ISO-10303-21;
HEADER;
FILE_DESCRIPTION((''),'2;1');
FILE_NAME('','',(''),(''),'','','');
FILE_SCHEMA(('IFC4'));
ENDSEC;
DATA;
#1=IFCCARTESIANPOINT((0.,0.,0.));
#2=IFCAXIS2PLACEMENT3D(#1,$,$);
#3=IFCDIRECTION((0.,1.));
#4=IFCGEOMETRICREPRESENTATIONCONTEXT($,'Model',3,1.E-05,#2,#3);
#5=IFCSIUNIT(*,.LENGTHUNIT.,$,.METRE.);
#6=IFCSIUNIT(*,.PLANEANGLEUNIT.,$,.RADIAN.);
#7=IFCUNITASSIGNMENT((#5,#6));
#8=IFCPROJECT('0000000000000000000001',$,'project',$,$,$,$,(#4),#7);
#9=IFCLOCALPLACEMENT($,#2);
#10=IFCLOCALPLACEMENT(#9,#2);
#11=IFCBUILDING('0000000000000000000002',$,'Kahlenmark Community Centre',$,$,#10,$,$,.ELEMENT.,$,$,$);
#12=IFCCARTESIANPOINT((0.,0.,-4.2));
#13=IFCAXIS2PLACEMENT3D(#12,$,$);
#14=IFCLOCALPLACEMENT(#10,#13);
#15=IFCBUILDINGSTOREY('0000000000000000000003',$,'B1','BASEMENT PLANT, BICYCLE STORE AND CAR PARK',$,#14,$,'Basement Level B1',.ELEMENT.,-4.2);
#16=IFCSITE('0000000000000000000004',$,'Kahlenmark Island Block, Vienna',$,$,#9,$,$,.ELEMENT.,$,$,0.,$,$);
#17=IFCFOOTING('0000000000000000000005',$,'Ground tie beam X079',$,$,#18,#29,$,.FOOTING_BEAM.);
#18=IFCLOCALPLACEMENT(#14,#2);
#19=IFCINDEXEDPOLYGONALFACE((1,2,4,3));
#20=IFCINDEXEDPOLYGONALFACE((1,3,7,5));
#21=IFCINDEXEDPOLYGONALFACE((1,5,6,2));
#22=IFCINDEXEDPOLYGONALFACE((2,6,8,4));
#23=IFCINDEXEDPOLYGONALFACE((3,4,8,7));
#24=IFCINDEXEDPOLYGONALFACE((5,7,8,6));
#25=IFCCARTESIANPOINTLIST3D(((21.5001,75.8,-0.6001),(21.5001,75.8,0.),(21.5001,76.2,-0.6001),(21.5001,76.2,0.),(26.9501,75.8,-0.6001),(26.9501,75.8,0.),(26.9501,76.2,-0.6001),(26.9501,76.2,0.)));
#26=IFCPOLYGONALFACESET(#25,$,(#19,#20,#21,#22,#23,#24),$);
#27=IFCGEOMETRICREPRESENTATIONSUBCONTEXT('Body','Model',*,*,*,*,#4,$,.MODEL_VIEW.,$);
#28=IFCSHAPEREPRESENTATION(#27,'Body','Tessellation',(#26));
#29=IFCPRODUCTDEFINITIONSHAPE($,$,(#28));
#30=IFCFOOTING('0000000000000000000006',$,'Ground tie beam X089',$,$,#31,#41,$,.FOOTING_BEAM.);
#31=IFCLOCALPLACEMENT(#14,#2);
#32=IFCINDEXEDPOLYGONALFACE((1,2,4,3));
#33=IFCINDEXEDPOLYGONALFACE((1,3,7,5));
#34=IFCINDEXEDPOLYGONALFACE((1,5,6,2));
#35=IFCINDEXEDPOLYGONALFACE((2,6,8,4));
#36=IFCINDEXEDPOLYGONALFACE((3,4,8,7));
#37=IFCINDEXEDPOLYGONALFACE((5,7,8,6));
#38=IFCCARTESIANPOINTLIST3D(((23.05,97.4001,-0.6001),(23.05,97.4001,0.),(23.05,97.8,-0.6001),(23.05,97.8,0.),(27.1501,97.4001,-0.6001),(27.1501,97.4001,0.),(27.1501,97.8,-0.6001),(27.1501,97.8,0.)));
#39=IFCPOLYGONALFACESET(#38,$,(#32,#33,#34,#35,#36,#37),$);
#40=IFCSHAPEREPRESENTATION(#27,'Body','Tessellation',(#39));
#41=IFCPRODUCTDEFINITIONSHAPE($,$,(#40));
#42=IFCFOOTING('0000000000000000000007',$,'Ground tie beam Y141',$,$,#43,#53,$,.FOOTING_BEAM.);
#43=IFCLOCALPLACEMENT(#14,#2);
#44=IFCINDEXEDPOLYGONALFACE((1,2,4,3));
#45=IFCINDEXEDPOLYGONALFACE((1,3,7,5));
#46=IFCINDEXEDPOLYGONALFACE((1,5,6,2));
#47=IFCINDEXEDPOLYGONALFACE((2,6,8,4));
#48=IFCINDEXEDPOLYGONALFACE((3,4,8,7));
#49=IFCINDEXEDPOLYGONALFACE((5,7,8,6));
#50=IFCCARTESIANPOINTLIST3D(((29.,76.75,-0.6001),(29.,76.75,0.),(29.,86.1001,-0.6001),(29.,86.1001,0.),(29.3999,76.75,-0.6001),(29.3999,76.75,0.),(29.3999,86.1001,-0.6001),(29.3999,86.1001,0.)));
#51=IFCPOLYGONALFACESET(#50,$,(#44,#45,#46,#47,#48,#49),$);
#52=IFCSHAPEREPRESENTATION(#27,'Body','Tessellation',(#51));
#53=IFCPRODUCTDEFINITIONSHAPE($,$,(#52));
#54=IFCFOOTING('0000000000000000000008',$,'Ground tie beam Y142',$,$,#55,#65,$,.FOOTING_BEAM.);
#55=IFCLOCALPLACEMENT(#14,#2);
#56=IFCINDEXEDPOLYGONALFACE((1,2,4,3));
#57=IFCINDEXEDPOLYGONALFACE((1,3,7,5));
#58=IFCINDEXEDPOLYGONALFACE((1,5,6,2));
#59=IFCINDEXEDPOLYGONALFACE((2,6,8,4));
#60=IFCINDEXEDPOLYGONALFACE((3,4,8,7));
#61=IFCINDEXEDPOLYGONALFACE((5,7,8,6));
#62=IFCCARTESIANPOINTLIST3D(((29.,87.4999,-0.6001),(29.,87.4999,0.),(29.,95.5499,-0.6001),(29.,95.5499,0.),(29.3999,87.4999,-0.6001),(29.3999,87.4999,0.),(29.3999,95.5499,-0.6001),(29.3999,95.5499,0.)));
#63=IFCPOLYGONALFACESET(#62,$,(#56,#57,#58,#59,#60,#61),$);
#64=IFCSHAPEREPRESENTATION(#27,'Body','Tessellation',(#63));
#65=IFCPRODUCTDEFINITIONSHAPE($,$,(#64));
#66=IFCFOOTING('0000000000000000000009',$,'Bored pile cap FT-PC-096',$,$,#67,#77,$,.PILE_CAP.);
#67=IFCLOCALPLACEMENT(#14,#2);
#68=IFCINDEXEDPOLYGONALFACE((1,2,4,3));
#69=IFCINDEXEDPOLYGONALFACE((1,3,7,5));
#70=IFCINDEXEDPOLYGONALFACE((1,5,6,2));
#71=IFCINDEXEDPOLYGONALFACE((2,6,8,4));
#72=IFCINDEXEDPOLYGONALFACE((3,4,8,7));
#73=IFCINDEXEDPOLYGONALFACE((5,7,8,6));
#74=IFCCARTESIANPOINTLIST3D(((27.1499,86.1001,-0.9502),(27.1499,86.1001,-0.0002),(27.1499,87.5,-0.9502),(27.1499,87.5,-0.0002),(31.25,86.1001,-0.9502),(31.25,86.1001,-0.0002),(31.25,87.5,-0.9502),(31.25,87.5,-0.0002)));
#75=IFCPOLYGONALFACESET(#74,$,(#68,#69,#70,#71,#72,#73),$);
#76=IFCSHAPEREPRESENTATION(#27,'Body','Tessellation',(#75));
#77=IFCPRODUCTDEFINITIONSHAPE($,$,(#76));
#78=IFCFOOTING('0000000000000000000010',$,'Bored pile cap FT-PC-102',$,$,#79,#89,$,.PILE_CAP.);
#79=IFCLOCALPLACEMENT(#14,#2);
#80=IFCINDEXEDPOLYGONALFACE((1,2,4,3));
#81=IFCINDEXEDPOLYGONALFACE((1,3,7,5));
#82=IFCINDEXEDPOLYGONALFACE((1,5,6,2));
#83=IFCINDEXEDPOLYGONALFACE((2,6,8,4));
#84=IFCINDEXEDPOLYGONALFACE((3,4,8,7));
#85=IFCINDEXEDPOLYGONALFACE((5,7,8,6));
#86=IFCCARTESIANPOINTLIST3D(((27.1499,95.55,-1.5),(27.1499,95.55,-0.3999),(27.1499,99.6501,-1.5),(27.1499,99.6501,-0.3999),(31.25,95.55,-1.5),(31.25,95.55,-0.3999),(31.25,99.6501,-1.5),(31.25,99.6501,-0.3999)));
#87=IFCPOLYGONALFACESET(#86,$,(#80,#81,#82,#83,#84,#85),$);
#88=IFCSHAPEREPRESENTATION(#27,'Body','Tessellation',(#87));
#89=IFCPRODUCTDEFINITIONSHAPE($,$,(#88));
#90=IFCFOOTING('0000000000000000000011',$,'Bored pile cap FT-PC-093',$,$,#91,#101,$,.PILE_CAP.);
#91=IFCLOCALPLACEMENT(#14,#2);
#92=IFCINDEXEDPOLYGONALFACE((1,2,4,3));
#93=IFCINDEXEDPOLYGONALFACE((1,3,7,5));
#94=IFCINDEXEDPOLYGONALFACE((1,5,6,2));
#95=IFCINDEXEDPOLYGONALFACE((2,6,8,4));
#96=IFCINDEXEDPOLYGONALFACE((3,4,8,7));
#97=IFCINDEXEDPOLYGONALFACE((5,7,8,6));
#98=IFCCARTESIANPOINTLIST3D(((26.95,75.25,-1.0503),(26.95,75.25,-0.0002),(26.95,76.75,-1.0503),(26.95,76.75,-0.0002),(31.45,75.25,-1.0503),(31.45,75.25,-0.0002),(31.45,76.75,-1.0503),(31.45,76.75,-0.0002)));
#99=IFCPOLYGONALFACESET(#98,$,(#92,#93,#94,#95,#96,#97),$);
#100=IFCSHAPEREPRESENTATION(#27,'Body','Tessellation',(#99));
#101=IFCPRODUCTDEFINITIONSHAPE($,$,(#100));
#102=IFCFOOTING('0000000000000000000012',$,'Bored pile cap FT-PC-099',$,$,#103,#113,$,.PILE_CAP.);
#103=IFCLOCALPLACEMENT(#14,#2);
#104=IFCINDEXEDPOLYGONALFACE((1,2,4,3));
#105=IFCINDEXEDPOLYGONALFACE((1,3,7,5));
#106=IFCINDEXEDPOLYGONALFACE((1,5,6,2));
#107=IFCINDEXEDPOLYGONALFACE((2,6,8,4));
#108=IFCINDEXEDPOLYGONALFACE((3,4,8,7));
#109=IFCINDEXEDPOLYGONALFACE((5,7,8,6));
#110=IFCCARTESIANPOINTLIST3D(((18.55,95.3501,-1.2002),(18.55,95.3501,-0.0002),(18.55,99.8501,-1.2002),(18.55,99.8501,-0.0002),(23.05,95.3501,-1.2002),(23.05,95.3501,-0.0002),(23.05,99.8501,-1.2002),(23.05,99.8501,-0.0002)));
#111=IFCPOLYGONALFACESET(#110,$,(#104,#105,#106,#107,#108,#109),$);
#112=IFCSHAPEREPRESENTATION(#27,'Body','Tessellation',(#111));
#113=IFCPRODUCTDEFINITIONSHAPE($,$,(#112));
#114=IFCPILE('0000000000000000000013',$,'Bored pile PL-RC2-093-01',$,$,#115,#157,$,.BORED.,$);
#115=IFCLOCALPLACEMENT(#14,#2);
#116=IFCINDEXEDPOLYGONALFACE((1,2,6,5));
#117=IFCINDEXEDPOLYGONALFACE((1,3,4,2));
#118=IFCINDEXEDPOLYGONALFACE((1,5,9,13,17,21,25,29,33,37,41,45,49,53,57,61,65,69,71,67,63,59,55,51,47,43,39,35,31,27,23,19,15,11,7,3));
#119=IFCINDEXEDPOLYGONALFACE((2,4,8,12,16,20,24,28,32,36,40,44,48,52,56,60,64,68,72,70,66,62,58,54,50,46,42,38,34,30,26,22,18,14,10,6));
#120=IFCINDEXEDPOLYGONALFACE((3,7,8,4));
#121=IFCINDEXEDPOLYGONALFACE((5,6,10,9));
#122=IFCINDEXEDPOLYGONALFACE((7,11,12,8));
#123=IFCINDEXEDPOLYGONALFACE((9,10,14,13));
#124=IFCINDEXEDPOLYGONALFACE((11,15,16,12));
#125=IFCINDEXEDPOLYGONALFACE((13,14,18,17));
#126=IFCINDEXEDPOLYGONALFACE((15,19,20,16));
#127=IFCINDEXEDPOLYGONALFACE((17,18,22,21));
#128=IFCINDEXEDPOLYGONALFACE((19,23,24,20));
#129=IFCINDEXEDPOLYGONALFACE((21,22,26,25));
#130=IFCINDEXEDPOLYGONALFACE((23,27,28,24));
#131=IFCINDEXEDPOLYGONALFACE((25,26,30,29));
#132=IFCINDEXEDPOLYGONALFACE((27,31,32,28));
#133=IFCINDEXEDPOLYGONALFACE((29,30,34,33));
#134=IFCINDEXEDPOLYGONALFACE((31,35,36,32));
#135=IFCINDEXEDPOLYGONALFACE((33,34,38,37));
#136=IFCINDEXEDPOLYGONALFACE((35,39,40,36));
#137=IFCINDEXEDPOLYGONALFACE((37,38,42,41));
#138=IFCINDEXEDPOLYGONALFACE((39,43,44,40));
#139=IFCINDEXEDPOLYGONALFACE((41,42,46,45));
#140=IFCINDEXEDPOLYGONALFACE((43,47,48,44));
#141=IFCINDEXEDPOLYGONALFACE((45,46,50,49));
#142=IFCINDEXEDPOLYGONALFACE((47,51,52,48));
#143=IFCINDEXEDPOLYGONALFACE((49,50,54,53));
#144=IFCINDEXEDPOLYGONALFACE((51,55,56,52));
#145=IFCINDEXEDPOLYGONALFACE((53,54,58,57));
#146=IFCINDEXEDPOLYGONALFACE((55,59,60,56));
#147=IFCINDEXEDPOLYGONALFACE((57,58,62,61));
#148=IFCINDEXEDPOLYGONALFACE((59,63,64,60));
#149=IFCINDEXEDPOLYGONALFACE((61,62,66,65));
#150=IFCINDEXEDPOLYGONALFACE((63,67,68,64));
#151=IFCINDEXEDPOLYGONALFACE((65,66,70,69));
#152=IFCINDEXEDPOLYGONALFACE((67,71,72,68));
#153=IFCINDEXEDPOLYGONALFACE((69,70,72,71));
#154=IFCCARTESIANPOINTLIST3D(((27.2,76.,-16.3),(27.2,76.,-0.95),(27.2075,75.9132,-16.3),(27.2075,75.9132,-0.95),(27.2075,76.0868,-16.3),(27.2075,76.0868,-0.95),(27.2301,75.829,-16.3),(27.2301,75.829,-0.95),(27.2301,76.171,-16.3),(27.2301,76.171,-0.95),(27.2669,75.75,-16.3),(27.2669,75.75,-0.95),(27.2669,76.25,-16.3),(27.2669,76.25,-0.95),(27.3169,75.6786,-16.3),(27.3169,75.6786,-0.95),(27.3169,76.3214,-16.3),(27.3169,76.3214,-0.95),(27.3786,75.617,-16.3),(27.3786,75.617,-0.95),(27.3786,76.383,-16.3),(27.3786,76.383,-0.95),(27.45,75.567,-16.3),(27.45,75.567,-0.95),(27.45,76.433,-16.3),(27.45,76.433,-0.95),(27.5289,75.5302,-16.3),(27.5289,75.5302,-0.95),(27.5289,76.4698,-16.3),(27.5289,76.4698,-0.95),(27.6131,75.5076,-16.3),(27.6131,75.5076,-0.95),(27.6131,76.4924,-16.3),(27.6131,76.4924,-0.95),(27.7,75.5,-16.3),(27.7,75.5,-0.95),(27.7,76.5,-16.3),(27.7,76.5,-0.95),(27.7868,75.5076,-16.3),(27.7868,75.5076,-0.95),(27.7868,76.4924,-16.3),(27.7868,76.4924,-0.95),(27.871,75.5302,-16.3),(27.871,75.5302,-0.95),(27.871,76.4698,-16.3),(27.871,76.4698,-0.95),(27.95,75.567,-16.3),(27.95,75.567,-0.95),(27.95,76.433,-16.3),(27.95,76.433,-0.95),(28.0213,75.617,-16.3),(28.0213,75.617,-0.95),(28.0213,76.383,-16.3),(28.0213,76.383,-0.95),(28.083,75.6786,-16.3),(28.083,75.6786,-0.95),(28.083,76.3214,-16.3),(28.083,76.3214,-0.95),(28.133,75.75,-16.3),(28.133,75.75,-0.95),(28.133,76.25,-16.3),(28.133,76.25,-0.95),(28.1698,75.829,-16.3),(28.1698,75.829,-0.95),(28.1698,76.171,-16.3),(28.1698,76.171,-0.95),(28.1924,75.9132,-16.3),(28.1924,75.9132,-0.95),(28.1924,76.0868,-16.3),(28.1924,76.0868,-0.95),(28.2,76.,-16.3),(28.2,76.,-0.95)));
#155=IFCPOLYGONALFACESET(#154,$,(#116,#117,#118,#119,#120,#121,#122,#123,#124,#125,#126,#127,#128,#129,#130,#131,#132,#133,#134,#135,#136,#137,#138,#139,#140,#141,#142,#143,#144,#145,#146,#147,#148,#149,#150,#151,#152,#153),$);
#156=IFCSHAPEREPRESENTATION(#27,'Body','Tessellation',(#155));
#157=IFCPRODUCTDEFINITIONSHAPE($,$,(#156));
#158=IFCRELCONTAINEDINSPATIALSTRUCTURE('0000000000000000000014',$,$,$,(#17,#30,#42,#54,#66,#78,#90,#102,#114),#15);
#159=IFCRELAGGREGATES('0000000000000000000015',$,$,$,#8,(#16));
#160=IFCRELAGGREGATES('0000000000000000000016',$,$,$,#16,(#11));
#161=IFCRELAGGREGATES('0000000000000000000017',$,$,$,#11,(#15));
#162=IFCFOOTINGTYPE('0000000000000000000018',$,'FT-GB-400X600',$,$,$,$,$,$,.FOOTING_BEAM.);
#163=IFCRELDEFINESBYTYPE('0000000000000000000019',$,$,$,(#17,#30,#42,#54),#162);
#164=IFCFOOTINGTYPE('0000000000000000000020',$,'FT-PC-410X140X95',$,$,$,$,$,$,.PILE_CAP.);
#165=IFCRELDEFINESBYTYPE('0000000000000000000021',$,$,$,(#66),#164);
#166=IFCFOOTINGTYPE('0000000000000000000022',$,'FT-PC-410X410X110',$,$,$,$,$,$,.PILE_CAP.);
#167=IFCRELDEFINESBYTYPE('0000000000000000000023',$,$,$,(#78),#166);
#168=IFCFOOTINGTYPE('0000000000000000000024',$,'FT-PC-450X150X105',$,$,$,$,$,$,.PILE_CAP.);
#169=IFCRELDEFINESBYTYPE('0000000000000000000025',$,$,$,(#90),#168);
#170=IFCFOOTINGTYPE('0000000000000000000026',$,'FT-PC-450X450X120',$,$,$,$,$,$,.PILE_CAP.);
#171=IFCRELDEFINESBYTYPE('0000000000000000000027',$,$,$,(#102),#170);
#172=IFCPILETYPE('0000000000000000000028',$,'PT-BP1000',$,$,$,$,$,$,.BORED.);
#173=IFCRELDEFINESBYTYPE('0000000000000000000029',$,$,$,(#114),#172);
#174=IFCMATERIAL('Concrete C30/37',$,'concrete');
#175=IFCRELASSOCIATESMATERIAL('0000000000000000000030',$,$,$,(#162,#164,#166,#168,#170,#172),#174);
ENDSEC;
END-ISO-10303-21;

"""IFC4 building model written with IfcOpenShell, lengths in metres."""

from ifc_helpers import new_model, si_unit, direction, frame, origin, origin_2d, place, context, subcontext, project, spatial, rectangle, circle, extrude, material, material_profile, profile_set, type_object, element, save


model = new_model("IFC4")

# Units and contexts
model_context = context("Model", 3, precision=1e-05, world=origin(), true_north=direction((0.0, 1.0)))
body_context = subcontext(model_context, "Body", "Model", "MODEL_VIEW")
ifc_project = project(units=[si_unit("LENGTHUNIT", "METRE"), si_unit("PLANEANGLEUNIT", "RADIAN")], contexts=[model_context])

# Site, building, storey
site_placement = place(None, origin())
site = spatial("IfcSite", under=ifc_project, at=site_placement, Name="Kahlenmark Island Block, Vienna", CompositionType="ELEMENT", RefElevation=0.0)
building_placement = place(site_placement, origin())
building = spatial("IfcBuilding", under=site, at=building_placement, Name="Kahlenmark Community Centre", CompositionType="ELEMENT")
storey_placement = place(building_placement, frame((0.0, 0.0, -4.2)))
storey = spatial("IfcBuildingStorey", under=building, at=storey_placement, Name="B1", Description="BASEMENT PLANT, BICYCLE STORE AND CAR PARK", LongName="Basement Level B1", CompositionType="ELEMENT", Elevation=-4.2)

# Footings
ifc_material_1 = material(Name="Concrete C30/37", Category="concrete")
footing_type_1 = type_object("IfcFootingType", Name="FT-GB-400X600", PredefinedType="FOOTING_BEAM", material=ifc_material_1)
footing_1_placement = place(storey_placement, frame((24.2251, 76.0, -0.6001), z_axis=(0.0, 0.0, 1.0), x_axis=(1.0, 0.0, 0.0)))
element("IfcFooting", 1, at=footing_1_placement, inside=storey, type_object=footing_type_1, Name="Ground tie beam X079", PredefinedType="FOOTING_BEAM", context=body_context, shape_type="SweptSolid", body=[
    extrude(rectangle(XDim=5.45, YDim=0.3999, at=origin_2d()), origin(), (0.0, 0.0, 1.0), 0.6001),
])
footing_2_placement = place(storey_placement, frame((25.1001, 97.6001, -0.6001), z_axis=(0.0, 0.0, 1.0), x_axis=(1.0, 0.0, 0.0)))
element("IfcFooting", 2, at=footing_2_placement, inside=storey, type_object=footing_type_1, Name="Ground tie beam X089", PredefinedType="FOOTING_BEAM", context=body_context, shape_type="SweptSolid", body=[
    extrude(rectangle(XDim=4.1001, YDim=0.3999, at=origin_2d()), origin(), (0.0, 0.0, 1.0), 0.6001),
])
footing_3_placement = place(storey_placement, frame((29.2, 81.425, -0.6001), z_axis=(0.0, 0.0, 1.0), x_axis=(1.0, 0.0, 0.0)))
element("IfcFooting", 3, at=footing_3_placement, inside=storey, type_object=footing_type_1, Name="Ground tie beam Y141", PredefinedType="FOOTING_BEAM", context=body_context, shape_type="SweptSolid", body=[
    extrude(rectangle(XDim=0.3999, YDim=9.3501, at=origin_2d()), origin(), (0.0, 0.0, 1.0), 0.6001),
])
footing_4_placement = place(storey_placement, frame((29.2, 91.5249, -0.6001), z_axis=(0.0, 0.0, 1.0), x_axis=(1.0, 0.0, 0.0)))
element("IfcFooting", 4, at=footing_4_placement, inside=storey, type_object=footing_type_1, Name="Ground tie beam Y142", PredefinedType="FOOTING_BEAM", context=body_context, shape_type="SweptSolid", body=[
    extrude(rectangle(XDim=0.3999, YDim=8.05, at=origin_2d()), origin(), (0.0, 0.0, 1.0), 0.6001),
])
footing_type_2 = type_object("IfcFootingType", Name="FT-PC-410X140X95", PredefinedType="PILE_CAP", material=ifc_material_1)
footing_5_placement = place(storey_placement, frame((29.2, 86.8, -0.9502), z_axis=(0.0, 0.0, 1.0), x_axis=(1.0, 0.0, 0.0)))
element("IfcFooting", 5, at=footing_5_placement, inside=storey, type_object=footing_type_2, Name="Bored pile cap FT-PC-096", PredefinedType="PILE_CAP", context=body_context, shape_type="SweptSolid", body=[
    extrude(rectangle(XDim=4.1001, YDim=1.3999, at=origin_2d()), origin(), (0.0, 0.0, 1.0), 0.95),
])
footing_type_3 = type_object("IfcFootingType", Name="FT-PC-410X410X110", PredefinedType="PILE_CAP", material=ifc_material_1)
footing_6_placement = place(storey_placement, frame((29.2, 97.6001, -1.5), z_axis=(0.0, 0.0, 1.0), x_axis=(1.0, 0.0, 0.0)))
element("IfcFooting", 6, at=footing_6_placement, inside=storey, type_object=footing_type_3, Name="Bored pile cap FT-PC-102", PredefinedType="PILE_CAP", context=body_context, shape_type="SweptSolid", body=[
    extrude(rectangle(XDim=4.1001, YDim=4.1001, at=origin_2d()), origin(), (0.0, 0.0, 1.0), 1.1001),
])
footing_type_4 = type_object("IfcFootingType", Name="FT-PC-450X150X105", PredefinedType="PILE_CAP", material=ifc_material_1)
footing_7_placement = place(storey_placement, frame((29.2, 76.0, -1.0503), z_axis=(0.0, 0.0, 1.0), x_axis=(1.0, 0.0, 0.0)))
element("IfcFooting", 7, at=footing_7_placement, inside=storey, type_object=footing_type_4, Name="Bored pile cap FT-PC-093", PredefinedType="PILE_CAP", context=body_context, shape_type="SweptSolid", body=[
    extrude(rectangle(XDim=4.5, YDim=1.5, at=origin_2d()), origin(), (0.0, 0.0, 1.0), 1.05),
])
footing_type_5 = type_object("IfcFootingType", Name="FT-PC-450X450X120", PredefinedType="PILE_CAP", material=ifc_material_1)
footing_8_placement = place(storey_placement, frame((20.8, 97.6001, -1.2002), z_axis=(0.0, 0.0, 1.0), x_axis=(1.0, 0.0, 0.0)))
element("IfcFooting", 8, at=footing_8_placement, inside=storey, type_object=footing_type_5, Name="Bored pile cap FT-PC-099", PredefinedType="PILE_CAP", context=body_context, shape_type="SweptSolid", body=[
    extrude(rectangle(XDim=4.5, YDim=4.5, at=origin_2d()), origin(), (0.0, 0.0, 1.0), 1.2),
])

# Pile
ifc_material_profile_1 = material_profile(ifc_material_1, circle(Radius=0.5, at=origin_2d()), Name="BORED PILE 1000")
ifc_profile_set_1 = profile_set([ifc_material_profile_1], Name="Concrete C30/37")
pile_type_1 = type_object("IfcPileType", Name="PT-BP1000", PredefinedType="BORED", material=ifc_profile_set_1)
pile_1_placement = place(storey_placement, frame((27.7, 76.0, -0.95), z_axis=(0.0, 0.0, -1.0), x_axis=(1.0, 0.0, 0.0)))
element("IfcPile", 9, at=pile_1_placement, inside=storey, type_object=pile_type_1, Name="Bored pile PL-RC2-093-01", PredefinedType="BORED", context=body_context, shape_type="SweptSolid", body=[
    extrude(circle(Radius=0.5, at=origin_2d()), origin(), (0.0, 0.0, 1.0), 15.3501),
])

save(model, "model.ifc")
